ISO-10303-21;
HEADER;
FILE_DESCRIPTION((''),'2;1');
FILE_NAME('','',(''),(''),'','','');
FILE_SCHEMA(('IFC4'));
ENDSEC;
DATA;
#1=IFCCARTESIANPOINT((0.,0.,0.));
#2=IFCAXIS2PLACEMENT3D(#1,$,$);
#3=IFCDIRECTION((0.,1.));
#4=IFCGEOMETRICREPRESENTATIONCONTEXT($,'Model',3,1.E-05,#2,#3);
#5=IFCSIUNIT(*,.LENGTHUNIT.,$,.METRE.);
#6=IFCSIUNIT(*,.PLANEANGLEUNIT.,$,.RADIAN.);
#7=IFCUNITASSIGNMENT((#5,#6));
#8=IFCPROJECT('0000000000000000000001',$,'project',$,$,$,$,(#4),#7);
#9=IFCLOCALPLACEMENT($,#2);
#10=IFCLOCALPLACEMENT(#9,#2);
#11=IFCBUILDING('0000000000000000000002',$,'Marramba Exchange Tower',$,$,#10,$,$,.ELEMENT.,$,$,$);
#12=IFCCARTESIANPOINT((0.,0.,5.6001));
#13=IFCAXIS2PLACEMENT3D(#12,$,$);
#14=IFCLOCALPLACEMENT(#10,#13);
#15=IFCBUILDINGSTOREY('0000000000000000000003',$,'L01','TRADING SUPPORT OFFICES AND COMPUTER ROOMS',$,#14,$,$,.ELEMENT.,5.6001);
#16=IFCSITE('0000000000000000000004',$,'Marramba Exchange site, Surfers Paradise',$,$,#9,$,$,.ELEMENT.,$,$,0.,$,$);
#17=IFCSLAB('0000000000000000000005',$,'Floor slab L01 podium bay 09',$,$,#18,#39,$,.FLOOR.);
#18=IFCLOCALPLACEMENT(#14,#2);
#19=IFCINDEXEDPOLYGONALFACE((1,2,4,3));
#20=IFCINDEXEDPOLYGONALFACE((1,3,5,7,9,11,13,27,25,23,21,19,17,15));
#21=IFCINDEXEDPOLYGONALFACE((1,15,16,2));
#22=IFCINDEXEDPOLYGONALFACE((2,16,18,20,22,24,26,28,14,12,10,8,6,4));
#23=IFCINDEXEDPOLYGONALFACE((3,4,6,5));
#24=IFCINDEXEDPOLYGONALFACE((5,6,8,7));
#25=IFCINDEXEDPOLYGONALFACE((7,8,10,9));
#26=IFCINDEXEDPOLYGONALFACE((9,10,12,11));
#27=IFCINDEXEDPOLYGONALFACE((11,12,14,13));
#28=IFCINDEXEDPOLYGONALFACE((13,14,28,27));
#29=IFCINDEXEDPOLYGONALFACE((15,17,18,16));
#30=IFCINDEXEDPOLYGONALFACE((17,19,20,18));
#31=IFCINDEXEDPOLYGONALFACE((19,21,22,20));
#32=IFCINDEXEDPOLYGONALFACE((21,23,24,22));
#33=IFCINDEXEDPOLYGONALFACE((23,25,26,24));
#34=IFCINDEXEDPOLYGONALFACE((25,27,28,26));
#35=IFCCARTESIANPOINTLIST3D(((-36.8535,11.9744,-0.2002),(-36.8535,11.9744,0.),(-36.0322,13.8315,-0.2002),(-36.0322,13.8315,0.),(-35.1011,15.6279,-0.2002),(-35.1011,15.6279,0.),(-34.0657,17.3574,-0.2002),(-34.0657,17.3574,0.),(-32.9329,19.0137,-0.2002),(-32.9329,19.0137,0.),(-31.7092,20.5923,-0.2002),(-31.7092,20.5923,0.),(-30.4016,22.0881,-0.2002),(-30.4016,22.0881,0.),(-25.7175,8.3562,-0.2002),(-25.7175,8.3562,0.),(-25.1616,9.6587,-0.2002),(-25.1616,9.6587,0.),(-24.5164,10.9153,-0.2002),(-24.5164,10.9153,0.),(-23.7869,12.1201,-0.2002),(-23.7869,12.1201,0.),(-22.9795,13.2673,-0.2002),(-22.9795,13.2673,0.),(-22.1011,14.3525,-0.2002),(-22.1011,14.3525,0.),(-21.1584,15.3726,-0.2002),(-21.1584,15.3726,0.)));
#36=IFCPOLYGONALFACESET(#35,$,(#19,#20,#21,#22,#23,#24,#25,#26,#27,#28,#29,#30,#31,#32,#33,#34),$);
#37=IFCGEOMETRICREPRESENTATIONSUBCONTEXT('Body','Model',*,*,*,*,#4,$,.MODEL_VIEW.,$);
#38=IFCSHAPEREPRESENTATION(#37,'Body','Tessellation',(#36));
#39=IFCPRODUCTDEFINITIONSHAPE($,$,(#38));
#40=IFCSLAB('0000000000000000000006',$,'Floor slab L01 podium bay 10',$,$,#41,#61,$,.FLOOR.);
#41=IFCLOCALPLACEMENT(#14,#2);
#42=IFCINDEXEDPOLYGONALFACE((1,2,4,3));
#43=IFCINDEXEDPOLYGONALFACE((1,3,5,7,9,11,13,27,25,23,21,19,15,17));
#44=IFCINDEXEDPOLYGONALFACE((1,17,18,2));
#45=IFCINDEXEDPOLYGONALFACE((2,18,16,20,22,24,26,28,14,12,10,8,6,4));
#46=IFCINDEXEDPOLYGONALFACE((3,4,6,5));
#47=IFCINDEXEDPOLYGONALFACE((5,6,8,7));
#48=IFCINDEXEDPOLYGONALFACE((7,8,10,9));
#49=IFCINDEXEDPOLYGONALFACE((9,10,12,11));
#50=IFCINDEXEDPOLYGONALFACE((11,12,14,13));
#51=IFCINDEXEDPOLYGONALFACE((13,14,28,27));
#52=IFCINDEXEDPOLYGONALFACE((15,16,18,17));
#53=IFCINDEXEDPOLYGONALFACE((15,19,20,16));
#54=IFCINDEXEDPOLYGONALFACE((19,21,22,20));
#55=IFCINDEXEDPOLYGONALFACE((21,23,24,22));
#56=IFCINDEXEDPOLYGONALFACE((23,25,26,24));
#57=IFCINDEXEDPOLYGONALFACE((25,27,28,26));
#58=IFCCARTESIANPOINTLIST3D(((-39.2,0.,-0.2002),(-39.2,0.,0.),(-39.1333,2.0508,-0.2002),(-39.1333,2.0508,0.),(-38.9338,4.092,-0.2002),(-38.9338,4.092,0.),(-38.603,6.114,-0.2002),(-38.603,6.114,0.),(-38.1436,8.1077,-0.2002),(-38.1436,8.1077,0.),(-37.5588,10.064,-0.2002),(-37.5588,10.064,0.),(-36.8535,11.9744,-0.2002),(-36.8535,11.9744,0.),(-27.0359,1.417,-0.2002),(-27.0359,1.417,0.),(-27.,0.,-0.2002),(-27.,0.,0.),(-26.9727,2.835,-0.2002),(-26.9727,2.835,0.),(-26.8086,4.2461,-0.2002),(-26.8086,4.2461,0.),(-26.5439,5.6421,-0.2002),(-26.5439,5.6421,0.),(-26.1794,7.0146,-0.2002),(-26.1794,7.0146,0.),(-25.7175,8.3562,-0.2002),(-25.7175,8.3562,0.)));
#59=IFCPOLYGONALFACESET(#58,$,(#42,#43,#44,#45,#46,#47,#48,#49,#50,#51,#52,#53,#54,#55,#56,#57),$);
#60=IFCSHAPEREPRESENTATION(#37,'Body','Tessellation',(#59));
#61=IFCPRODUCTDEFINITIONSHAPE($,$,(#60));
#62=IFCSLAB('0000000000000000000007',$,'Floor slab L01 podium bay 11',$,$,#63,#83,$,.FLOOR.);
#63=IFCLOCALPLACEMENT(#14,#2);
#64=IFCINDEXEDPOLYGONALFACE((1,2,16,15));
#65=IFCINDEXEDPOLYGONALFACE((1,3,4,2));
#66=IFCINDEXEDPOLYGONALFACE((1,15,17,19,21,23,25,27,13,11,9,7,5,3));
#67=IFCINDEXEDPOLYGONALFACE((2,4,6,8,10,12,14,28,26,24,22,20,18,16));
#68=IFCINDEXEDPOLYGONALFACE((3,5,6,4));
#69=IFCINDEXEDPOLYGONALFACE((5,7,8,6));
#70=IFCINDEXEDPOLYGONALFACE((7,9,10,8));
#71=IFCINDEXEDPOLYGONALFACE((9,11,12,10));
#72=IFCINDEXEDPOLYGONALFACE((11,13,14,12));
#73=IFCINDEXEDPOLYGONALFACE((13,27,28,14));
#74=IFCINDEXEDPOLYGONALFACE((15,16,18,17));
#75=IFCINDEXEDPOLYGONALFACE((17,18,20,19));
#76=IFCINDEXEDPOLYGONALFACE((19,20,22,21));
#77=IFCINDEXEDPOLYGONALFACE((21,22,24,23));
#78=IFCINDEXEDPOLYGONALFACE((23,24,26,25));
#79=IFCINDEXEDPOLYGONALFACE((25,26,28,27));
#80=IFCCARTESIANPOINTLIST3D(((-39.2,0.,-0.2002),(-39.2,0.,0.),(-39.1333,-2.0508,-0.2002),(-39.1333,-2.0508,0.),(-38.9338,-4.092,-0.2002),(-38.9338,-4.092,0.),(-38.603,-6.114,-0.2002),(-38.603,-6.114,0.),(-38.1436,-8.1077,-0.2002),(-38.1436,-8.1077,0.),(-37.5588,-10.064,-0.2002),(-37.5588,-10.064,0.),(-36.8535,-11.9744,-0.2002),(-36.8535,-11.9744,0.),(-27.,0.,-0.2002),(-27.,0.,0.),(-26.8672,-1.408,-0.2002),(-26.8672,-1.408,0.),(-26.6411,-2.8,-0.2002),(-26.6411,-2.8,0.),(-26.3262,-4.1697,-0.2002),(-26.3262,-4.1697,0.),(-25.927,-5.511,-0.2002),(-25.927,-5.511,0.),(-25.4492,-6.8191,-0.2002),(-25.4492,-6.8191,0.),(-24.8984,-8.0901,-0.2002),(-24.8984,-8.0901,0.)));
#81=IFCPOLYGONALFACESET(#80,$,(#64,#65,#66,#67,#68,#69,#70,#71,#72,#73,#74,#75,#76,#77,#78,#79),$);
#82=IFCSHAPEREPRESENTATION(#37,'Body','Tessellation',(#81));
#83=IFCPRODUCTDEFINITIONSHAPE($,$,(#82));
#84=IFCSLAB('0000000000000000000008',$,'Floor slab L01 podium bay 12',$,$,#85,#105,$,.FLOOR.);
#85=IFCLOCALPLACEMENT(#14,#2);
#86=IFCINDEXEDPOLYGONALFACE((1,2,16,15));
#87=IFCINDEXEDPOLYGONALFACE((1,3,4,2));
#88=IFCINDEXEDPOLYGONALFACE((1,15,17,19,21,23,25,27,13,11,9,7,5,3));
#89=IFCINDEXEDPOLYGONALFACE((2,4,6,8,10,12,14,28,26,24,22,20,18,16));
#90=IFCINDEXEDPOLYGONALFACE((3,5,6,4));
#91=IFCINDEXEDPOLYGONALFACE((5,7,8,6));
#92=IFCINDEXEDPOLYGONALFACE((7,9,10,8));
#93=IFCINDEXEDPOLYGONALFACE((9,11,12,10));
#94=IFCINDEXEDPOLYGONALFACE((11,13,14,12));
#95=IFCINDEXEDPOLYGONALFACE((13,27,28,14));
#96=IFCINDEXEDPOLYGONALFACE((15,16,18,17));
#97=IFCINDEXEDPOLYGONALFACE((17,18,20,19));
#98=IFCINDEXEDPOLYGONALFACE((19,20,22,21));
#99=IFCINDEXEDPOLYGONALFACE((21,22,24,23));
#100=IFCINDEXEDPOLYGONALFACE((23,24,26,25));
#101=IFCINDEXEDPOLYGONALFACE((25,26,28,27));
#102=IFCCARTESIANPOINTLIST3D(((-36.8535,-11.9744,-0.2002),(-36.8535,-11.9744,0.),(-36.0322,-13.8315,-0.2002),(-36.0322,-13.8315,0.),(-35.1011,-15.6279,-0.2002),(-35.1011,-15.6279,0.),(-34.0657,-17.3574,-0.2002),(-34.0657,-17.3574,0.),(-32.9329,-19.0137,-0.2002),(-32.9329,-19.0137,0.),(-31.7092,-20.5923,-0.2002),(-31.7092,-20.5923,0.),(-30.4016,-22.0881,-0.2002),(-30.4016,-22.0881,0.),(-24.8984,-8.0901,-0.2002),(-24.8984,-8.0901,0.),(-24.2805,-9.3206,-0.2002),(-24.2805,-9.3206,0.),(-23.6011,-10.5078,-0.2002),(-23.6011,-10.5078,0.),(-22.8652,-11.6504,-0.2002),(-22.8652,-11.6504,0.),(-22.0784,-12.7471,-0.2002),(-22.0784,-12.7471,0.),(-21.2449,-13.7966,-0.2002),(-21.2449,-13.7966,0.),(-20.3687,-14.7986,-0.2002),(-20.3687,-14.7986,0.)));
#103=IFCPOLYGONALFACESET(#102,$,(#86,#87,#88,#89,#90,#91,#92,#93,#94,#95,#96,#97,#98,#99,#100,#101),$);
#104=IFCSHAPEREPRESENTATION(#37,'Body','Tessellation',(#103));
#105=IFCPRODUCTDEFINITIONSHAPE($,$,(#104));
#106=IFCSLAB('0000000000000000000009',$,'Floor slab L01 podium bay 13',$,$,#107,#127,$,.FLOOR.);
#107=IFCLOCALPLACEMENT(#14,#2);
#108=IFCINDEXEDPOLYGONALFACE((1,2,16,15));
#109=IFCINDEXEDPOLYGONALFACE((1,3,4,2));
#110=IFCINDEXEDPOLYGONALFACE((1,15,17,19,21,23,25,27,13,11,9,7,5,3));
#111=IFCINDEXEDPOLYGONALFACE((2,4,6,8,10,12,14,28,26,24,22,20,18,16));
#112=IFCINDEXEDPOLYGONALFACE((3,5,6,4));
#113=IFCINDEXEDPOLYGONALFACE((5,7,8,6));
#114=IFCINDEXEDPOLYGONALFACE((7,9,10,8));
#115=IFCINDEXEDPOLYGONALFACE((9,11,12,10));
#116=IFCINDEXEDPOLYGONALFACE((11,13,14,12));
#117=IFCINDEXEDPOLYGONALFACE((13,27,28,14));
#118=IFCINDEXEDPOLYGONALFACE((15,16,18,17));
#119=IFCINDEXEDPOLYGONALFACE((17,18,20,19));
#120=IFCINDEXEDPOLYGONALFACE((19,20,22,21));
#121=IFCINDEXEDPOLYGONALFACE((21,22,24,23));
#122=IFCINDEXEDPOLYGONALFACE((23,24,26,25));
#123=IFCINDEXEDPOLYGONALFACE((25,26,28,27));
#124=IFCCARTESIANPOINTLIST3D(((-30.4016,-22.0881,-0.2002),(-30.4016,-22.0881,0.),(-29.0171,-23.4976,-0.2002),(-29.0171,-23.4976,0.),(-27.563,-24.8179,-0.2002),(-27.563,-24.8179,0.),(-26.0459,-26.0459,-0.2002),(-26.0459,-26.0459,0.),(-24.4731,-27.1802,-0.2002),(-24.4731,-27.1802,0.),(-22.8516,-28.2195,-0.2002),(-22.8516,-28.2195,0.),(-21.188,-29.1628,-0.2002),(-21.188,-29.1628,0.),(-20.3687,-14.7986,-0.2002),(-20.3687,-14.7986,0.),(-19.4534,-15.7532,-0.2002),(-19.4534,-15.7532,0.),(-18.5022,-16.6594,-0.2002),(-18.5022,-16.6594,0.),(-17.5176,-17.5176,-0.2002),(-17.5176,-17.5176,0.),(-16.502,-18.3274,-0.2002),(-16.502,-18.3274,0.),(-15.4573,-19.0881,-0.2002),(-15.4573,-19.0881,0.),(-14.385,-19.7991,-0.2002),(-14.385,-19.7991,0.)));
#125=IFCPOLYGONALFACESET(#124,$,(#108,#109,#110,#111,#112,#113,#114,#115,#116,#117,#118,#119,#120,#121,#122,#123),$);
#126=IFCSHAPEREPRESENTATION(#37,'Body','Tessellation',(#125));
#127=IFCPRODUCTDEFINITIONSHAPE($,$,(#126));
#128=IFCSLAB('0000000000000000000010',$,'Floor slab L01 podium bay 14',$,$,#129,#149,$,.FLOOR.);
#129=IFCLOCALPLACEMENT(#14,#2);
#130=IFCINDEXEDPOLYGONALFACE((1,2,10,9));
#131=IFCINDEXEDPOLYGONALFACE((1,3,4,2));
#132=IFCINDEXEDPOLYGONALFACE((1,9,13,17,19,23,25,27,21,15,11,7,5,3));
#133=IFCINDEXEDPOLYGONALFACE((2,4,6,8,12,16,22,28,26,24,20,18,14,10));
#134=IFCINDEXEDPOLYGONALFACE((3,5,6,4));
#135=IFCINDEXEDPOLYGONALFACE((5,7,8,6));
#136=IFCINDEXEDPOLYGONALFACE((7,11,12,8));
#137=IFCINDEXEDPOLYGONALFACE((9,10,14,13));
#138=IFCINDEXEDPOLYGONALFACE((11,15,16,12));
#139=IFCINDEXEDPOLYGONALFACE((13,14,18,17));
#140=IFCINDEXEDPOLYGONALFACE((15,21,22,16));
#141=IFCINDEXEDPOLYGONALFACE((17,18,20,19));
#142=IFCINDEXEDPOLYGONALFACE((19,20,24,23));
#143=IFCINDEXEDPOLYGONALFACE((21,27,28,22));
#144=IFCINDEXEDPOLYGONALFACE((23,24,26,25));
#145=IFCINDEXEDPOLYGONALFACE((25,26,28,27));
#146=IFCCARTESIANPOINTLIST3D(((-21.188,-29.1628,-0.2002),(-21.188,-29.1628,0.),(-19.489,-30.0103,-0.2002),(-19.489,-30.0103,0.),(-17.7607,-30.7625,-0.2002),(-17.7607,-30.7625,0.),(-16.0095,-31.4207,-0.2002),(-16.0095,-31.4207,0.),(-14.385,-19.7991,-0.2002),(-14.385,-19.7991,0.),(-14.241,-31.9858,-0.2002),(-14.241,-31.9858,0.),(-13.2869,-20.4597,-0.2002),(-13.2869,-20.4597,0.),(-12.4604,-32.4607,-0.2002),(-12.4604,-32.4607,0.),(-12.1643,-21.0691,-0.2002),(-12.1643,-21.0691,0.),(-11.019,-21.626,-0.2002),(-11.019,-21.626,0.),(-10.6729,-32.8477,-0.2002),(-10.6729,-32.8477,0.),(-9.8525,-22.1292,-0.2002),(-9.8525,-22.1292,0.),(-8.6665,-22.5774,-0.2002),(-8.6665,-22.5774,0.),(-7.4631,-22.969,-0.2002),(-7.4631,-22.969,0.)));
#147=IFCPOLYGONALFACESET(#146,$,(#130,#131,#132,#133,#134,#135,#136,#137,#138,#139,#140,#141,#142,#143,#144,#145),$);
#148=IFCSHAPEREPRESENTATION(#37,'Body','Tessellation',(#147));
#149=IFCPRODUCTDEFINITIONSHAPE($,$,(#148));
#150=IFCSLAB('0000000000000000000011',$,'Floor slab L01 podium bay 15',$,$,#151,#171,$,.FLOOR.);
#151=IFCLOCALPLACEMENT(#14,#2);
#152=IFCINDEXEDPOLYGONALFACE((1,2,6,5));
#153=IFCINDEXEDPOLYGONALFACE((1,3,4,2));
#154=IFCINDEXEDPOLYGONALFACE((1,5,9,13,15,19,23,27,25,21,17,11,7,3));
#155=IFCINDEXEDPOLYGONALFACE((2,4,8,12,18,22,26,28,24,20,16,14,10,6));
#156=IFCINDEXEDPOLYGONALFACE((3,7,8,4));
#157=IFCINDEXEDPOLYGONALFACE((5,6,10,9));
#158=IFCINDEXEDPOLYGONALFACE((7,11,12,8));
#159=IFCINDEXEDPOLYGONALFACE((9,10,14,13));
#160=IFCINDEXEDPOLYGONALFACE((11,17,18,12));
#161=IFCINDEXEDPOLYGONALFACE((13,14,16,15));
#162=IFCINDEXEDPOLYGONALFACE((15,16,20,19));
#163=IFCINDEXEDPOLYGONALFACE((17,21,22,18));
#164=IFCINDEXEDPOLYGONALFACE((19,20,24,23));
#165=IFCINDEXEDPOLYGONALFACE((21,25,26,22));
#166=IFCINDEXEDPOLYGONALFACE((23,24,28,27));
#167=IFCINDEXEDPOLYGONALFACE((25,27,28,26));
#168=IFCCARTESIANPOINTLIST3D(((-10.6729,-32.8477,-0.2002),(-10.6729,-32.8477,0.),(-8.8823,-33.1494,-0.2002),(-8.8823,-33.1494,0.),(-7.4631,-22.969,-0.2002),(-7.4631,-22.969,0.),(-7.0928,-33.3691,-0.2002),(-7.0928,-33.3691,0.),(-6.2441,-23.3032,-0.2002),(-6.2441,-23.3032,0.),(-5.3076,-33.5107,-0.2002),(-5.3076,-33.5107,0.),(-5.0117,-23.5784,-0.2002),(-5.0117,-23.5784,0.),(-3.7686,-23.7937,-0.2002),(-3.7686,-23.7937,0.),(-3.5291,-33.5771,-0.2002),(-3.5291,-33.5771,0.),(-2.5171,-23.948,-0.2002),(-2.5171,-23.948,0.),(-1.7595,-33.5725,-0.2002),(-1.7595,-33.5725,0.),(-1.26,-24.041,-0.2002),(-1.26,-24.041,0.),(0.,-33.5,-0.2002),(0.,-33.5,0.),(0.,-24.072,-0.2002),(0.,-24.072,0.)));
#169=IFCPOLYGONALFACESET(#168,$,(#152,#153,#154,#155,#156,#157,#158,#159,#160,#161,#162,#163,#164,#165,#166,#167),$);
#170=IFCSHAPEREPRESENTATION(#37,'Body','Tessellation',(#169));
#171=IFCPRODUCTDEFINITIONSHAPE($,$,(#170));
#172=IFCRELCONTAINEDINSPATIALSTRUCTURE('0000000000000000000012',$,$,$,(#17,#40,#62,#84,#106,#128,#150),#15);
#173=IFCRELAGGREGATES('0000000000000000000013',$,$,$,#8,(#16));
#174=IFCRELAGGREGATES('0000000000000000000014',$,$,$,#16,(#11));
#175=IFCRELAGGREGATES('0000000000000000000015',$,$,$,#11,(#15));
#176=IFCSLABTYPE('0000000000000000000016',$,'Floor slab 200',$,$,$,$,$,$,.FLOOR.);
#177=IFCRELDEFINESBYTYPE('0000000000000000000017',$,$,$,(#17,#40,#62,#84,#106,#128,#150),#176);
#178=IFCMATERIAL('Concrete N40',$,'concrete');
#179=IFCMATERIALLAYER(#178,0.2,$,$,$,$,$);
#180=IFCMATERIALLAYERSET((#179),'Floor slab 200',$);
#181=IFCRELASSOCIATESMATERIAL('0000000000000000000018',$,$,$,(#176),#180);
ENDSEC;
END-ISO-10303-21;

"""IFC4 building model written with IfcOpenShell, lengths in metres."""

from ifc_helpers import new_model, si_unit, direction, frame, origin, place, context, subcontext, project, spatial, polyline, outline, extrude, material, layer, layer_set, type_object, element, save


model = new_model("IFC4")

# Units and contexts
model_context = context("Model", 3, precision=1e-05, world=origin(), true_north=direction((0.0, 1.0)))
body_context = subcontext(model_context, "Body", "Model", "MODEL_VIEW")
ifc_project = project(units=[si_unit("LENGTHUNIT", "METRE"), si_unit("PLANEANGLEUNIT", "RADIAN")], contexts=[model_context])

# Site, building, storey
site_placement = place(None, origin())
site = spatial("IfcSite", under=ifc_project, at=site_placement, Name="Marramba Exchange site, Surfers Paradise", CompositionType="ELEMENT", RefElevation=0.0)
building_placement = place(site_placement, origin())
building = spatial("IfcBuilding", under=site, at=building_placement, Name="Marramba Exchange Tower", CompositionType="ELEMENT")
storey_placement = place(building_placement, frame((0.0, 0.0, 5.6001)))
storey = spatial("IfcBuildingStorey", under=building, at=storey_placement, Name="L01", Description="TRADING SUPPORT OFFICES AND COMPUTER ROOMS", CompositionType="ELEMENT", Elevation=5.6001)

# Slabs
ifc_material_1 = material(Name="Concrete N40", Category="concrete")
ifc_layer_1 = layer(ifc_material_1, 0.2)
ifc_layer_set_1 = layer_set([ifc_layer_1], Name="Floor slab 200")
slab_type_1 = type_object("IfcSlabType", Name="Floor slab 200", PredefinedType="FLOOR", material=ifc_layer_set_1)
slab_1_placement = place(storey_placement, frame((0.0, 0.0, -0.2002)))
element("IfcSlab", 1, at=slab_1_placement, inside=storey, type_object=slab_type_1, Name="Floor slab L01 podium bay 09", PredefinedType="FLOOR", context=body_context, shape_type="SweptSolid", body=[
    extrude(outline(polyline([(-36.0322, 13.8315), (-35.1011, 15.6279), (-34.0657, 17.3574), (-32.9329, 19.0137), (-31.7092, 20.5923), (-30.4016, 22.0881), (-21.1584, 15.3726), (-22.1011, 14.3525), (-22.9795, 13.2673), (-23.7869, 12.1201), (-24.5164, 10.9153), (-25.1616, 9.6587), (-25.7175, 8.3562), (-36.8535, 11.9744), (-36.0322, 13.8315)])), origin(), (0.0, 0.0, 1.0), 0.2002),
])
slab_2_placement = place(storey_placement, frame((0.0, 0.0, -0.2002)))
element("IfcSlab", 2, at=slab_2_placement, inside=storey, type_object=slab_type_1, Name="Floor slab L01 podium bay 10", PredefinedType="FLOOR", context=body_context, shape_type="SweptSolid", body=[
    extrude(outline(polyline([(-39.1333, 2.0508), (-38.9338, 4.092), (-38.603, 6.114), (-38.1436, 8.1077), (-37.5588, 10.064), (-36.8535, 11.9744), (-25.7175, 8.3562), (-26.1794, 7.0146), (-26.5439, 5.6421), (-26.8086, 4.2461), (-26.9727, 2.835), (-27.0359, 1.417), (-27.0, 0.0), (-39.2, 0.0), (-39.1333, 2.0508)])), origin(), (0.0, 0.0, 1.0), 0.2002),
])
slab_3_placement = place(storey_placement, frame((0.0, 0.0, -0.2002)))
element("IfcSlab", 3, at=slab_3_placement, inside=storey, type_object=slab_type_1, Name="Floor slab L01 podium bay 11", PredefinedType="FLOOR", context=body_context, shape_type="SweptSolid", body=[
    extrude(outline(polyline([(-36.8535, -11.9744), (-37.5588, -10.064), (-38.1436, -8.1077), (-38.603, -6.114), (-38.9338, -4.092), (-39.1333, -2.0508), (-39.2, 0.0), (-27.0, 0.0), (-26.8672, -1.408), (-26.6411, -2.8), (-26.3262, -4.1697), (-25.927, -5.511), (-25.4492, -6.8191), (-24.8984, -8.0901), (-36.8535, -11.9744)])), origin(), (0.0, 0.0, 1.0), 0.2002),
])
slab_4_placement = place(storey_placement, frame((0.0, 0.0, -0.2002)))
element("IfcSlab", 4, at=slab_4_placement, inside=storey, type_object=slab_type_1, Name="Floor slab L01 podium bay 12", PredefinedType="FLOOR", context=body_context, shape_type="SweptSolid", body=[
    extrude(outline(polyline([(-31.7092, -20.5923), (-32.9329, -19.0137), (-34.0657, -17.3574), (-35.1011, -15.6279), (-36.0322, -13.8315), (-36.8535, -11.9744), (-24.8984, -8.0901), (-24.2805, -9.3206), (-23.6011, -10.5078), (-22.8652, -11.6504), (-22.0784, -12.7471), (-21.2449, -13.7966), (-20.3687, -14.7986), (-30.4016, -22.0881), (-31.7092, -20.5923)])), origin(), (0.0, 0.0, 1.0), 0.2002),
])
slab_5_placement = place(storey_placement, frame((0.0, 0.0, -0.2002)))
element("IfcSlab", 5, at=slab_5_placement, inside=storey, type_object=slab_type_1, Name="Floor slab L01 podium bay 13", PredefinedType="FLOOR", context=body_context, shape_type="SweptSolid", body=[
    extrude(outline(polyline([(-21.188, -29.1628), (-22.8516, -28.2195), (-24.4731, -27.1802), (-26.0459, -26.0459), (-27.563, -24.8179), (-29.0171, -23.4976), (-30.4016, -22.0881), (-20.3687, -14.7986), (-19.4534, -15.7532), (-18.5022, -16.6594), (-17.5176, -17.5176), (-16.502, -18.3274), (-15.4573, -19.0881), (-14.385, -19.7991), (-21.188, -29.1628)])), origin(), (0.0, 0.0, 1.0), 0.2002),
])
slab_6_placement = place(storey_placement, frame((0.0, 0.0, -0.2002)))
element("IfcSlab", 6, at=slab_6_placement, inside=storey, type_object=slab_type_1, Name="Floor slab L01 podium bay 14", PredefinedType="FLOOR", context=body_context, shape_type="SweptSolid", body=[
    extrude(outline(polyline([(-10.6729, -32.8477), (-12.4604, -32.4607), (-14.241, -31.9858), (-16.0095, -31.4207), (-17.7607, -30.7625), (-19.489, -30.0103), (-21.188, -29.1628), (-14.385, -19.7991), (-13.2869, -20.4597), (-12.1643, -21.0691), (-11.019, -21.626), (-9.8525, -22.1292), (-8.6665, -22.5774), (-7.4631, -22.969), (-10.6729, -32.8477)])), origin(), (0.0, 0.0, 1.0), 0.2002),
])
slab_7_placement = place(storey_placement, frame((0.0, 0.0, -0.2002)))
element("IfcSlab", 7, at=slab_7_placement, inside=storey, type_object=slab_type_1, Name="Floor slab L01 podium bay 15", PredefinedType="FLOOR", context=body_context, shape_type="SweptSolid", body=[
    extrude(outline(polyline([(-1.7595, -33.5725), (-3.5291, -33.5771), (-5.3076, -33.5107), (-7.0928, -33.3691), (-8.8823, -33.1494), (-10.6729, -32.8477), (-7.4631, -22.969), (-6.2441, -23.3032), (-5.0117, -23.5784), (-3.7686, -23.7937), (-2.5171, -23.948), (-1.26, -24.041), (0.0, -24.072), (0.0, -33.5), (-1.7595, -33.5725)])), origin(), (0.0, 0.0, 1.0), 0.2002),
])

save(model, "model.ifc")
